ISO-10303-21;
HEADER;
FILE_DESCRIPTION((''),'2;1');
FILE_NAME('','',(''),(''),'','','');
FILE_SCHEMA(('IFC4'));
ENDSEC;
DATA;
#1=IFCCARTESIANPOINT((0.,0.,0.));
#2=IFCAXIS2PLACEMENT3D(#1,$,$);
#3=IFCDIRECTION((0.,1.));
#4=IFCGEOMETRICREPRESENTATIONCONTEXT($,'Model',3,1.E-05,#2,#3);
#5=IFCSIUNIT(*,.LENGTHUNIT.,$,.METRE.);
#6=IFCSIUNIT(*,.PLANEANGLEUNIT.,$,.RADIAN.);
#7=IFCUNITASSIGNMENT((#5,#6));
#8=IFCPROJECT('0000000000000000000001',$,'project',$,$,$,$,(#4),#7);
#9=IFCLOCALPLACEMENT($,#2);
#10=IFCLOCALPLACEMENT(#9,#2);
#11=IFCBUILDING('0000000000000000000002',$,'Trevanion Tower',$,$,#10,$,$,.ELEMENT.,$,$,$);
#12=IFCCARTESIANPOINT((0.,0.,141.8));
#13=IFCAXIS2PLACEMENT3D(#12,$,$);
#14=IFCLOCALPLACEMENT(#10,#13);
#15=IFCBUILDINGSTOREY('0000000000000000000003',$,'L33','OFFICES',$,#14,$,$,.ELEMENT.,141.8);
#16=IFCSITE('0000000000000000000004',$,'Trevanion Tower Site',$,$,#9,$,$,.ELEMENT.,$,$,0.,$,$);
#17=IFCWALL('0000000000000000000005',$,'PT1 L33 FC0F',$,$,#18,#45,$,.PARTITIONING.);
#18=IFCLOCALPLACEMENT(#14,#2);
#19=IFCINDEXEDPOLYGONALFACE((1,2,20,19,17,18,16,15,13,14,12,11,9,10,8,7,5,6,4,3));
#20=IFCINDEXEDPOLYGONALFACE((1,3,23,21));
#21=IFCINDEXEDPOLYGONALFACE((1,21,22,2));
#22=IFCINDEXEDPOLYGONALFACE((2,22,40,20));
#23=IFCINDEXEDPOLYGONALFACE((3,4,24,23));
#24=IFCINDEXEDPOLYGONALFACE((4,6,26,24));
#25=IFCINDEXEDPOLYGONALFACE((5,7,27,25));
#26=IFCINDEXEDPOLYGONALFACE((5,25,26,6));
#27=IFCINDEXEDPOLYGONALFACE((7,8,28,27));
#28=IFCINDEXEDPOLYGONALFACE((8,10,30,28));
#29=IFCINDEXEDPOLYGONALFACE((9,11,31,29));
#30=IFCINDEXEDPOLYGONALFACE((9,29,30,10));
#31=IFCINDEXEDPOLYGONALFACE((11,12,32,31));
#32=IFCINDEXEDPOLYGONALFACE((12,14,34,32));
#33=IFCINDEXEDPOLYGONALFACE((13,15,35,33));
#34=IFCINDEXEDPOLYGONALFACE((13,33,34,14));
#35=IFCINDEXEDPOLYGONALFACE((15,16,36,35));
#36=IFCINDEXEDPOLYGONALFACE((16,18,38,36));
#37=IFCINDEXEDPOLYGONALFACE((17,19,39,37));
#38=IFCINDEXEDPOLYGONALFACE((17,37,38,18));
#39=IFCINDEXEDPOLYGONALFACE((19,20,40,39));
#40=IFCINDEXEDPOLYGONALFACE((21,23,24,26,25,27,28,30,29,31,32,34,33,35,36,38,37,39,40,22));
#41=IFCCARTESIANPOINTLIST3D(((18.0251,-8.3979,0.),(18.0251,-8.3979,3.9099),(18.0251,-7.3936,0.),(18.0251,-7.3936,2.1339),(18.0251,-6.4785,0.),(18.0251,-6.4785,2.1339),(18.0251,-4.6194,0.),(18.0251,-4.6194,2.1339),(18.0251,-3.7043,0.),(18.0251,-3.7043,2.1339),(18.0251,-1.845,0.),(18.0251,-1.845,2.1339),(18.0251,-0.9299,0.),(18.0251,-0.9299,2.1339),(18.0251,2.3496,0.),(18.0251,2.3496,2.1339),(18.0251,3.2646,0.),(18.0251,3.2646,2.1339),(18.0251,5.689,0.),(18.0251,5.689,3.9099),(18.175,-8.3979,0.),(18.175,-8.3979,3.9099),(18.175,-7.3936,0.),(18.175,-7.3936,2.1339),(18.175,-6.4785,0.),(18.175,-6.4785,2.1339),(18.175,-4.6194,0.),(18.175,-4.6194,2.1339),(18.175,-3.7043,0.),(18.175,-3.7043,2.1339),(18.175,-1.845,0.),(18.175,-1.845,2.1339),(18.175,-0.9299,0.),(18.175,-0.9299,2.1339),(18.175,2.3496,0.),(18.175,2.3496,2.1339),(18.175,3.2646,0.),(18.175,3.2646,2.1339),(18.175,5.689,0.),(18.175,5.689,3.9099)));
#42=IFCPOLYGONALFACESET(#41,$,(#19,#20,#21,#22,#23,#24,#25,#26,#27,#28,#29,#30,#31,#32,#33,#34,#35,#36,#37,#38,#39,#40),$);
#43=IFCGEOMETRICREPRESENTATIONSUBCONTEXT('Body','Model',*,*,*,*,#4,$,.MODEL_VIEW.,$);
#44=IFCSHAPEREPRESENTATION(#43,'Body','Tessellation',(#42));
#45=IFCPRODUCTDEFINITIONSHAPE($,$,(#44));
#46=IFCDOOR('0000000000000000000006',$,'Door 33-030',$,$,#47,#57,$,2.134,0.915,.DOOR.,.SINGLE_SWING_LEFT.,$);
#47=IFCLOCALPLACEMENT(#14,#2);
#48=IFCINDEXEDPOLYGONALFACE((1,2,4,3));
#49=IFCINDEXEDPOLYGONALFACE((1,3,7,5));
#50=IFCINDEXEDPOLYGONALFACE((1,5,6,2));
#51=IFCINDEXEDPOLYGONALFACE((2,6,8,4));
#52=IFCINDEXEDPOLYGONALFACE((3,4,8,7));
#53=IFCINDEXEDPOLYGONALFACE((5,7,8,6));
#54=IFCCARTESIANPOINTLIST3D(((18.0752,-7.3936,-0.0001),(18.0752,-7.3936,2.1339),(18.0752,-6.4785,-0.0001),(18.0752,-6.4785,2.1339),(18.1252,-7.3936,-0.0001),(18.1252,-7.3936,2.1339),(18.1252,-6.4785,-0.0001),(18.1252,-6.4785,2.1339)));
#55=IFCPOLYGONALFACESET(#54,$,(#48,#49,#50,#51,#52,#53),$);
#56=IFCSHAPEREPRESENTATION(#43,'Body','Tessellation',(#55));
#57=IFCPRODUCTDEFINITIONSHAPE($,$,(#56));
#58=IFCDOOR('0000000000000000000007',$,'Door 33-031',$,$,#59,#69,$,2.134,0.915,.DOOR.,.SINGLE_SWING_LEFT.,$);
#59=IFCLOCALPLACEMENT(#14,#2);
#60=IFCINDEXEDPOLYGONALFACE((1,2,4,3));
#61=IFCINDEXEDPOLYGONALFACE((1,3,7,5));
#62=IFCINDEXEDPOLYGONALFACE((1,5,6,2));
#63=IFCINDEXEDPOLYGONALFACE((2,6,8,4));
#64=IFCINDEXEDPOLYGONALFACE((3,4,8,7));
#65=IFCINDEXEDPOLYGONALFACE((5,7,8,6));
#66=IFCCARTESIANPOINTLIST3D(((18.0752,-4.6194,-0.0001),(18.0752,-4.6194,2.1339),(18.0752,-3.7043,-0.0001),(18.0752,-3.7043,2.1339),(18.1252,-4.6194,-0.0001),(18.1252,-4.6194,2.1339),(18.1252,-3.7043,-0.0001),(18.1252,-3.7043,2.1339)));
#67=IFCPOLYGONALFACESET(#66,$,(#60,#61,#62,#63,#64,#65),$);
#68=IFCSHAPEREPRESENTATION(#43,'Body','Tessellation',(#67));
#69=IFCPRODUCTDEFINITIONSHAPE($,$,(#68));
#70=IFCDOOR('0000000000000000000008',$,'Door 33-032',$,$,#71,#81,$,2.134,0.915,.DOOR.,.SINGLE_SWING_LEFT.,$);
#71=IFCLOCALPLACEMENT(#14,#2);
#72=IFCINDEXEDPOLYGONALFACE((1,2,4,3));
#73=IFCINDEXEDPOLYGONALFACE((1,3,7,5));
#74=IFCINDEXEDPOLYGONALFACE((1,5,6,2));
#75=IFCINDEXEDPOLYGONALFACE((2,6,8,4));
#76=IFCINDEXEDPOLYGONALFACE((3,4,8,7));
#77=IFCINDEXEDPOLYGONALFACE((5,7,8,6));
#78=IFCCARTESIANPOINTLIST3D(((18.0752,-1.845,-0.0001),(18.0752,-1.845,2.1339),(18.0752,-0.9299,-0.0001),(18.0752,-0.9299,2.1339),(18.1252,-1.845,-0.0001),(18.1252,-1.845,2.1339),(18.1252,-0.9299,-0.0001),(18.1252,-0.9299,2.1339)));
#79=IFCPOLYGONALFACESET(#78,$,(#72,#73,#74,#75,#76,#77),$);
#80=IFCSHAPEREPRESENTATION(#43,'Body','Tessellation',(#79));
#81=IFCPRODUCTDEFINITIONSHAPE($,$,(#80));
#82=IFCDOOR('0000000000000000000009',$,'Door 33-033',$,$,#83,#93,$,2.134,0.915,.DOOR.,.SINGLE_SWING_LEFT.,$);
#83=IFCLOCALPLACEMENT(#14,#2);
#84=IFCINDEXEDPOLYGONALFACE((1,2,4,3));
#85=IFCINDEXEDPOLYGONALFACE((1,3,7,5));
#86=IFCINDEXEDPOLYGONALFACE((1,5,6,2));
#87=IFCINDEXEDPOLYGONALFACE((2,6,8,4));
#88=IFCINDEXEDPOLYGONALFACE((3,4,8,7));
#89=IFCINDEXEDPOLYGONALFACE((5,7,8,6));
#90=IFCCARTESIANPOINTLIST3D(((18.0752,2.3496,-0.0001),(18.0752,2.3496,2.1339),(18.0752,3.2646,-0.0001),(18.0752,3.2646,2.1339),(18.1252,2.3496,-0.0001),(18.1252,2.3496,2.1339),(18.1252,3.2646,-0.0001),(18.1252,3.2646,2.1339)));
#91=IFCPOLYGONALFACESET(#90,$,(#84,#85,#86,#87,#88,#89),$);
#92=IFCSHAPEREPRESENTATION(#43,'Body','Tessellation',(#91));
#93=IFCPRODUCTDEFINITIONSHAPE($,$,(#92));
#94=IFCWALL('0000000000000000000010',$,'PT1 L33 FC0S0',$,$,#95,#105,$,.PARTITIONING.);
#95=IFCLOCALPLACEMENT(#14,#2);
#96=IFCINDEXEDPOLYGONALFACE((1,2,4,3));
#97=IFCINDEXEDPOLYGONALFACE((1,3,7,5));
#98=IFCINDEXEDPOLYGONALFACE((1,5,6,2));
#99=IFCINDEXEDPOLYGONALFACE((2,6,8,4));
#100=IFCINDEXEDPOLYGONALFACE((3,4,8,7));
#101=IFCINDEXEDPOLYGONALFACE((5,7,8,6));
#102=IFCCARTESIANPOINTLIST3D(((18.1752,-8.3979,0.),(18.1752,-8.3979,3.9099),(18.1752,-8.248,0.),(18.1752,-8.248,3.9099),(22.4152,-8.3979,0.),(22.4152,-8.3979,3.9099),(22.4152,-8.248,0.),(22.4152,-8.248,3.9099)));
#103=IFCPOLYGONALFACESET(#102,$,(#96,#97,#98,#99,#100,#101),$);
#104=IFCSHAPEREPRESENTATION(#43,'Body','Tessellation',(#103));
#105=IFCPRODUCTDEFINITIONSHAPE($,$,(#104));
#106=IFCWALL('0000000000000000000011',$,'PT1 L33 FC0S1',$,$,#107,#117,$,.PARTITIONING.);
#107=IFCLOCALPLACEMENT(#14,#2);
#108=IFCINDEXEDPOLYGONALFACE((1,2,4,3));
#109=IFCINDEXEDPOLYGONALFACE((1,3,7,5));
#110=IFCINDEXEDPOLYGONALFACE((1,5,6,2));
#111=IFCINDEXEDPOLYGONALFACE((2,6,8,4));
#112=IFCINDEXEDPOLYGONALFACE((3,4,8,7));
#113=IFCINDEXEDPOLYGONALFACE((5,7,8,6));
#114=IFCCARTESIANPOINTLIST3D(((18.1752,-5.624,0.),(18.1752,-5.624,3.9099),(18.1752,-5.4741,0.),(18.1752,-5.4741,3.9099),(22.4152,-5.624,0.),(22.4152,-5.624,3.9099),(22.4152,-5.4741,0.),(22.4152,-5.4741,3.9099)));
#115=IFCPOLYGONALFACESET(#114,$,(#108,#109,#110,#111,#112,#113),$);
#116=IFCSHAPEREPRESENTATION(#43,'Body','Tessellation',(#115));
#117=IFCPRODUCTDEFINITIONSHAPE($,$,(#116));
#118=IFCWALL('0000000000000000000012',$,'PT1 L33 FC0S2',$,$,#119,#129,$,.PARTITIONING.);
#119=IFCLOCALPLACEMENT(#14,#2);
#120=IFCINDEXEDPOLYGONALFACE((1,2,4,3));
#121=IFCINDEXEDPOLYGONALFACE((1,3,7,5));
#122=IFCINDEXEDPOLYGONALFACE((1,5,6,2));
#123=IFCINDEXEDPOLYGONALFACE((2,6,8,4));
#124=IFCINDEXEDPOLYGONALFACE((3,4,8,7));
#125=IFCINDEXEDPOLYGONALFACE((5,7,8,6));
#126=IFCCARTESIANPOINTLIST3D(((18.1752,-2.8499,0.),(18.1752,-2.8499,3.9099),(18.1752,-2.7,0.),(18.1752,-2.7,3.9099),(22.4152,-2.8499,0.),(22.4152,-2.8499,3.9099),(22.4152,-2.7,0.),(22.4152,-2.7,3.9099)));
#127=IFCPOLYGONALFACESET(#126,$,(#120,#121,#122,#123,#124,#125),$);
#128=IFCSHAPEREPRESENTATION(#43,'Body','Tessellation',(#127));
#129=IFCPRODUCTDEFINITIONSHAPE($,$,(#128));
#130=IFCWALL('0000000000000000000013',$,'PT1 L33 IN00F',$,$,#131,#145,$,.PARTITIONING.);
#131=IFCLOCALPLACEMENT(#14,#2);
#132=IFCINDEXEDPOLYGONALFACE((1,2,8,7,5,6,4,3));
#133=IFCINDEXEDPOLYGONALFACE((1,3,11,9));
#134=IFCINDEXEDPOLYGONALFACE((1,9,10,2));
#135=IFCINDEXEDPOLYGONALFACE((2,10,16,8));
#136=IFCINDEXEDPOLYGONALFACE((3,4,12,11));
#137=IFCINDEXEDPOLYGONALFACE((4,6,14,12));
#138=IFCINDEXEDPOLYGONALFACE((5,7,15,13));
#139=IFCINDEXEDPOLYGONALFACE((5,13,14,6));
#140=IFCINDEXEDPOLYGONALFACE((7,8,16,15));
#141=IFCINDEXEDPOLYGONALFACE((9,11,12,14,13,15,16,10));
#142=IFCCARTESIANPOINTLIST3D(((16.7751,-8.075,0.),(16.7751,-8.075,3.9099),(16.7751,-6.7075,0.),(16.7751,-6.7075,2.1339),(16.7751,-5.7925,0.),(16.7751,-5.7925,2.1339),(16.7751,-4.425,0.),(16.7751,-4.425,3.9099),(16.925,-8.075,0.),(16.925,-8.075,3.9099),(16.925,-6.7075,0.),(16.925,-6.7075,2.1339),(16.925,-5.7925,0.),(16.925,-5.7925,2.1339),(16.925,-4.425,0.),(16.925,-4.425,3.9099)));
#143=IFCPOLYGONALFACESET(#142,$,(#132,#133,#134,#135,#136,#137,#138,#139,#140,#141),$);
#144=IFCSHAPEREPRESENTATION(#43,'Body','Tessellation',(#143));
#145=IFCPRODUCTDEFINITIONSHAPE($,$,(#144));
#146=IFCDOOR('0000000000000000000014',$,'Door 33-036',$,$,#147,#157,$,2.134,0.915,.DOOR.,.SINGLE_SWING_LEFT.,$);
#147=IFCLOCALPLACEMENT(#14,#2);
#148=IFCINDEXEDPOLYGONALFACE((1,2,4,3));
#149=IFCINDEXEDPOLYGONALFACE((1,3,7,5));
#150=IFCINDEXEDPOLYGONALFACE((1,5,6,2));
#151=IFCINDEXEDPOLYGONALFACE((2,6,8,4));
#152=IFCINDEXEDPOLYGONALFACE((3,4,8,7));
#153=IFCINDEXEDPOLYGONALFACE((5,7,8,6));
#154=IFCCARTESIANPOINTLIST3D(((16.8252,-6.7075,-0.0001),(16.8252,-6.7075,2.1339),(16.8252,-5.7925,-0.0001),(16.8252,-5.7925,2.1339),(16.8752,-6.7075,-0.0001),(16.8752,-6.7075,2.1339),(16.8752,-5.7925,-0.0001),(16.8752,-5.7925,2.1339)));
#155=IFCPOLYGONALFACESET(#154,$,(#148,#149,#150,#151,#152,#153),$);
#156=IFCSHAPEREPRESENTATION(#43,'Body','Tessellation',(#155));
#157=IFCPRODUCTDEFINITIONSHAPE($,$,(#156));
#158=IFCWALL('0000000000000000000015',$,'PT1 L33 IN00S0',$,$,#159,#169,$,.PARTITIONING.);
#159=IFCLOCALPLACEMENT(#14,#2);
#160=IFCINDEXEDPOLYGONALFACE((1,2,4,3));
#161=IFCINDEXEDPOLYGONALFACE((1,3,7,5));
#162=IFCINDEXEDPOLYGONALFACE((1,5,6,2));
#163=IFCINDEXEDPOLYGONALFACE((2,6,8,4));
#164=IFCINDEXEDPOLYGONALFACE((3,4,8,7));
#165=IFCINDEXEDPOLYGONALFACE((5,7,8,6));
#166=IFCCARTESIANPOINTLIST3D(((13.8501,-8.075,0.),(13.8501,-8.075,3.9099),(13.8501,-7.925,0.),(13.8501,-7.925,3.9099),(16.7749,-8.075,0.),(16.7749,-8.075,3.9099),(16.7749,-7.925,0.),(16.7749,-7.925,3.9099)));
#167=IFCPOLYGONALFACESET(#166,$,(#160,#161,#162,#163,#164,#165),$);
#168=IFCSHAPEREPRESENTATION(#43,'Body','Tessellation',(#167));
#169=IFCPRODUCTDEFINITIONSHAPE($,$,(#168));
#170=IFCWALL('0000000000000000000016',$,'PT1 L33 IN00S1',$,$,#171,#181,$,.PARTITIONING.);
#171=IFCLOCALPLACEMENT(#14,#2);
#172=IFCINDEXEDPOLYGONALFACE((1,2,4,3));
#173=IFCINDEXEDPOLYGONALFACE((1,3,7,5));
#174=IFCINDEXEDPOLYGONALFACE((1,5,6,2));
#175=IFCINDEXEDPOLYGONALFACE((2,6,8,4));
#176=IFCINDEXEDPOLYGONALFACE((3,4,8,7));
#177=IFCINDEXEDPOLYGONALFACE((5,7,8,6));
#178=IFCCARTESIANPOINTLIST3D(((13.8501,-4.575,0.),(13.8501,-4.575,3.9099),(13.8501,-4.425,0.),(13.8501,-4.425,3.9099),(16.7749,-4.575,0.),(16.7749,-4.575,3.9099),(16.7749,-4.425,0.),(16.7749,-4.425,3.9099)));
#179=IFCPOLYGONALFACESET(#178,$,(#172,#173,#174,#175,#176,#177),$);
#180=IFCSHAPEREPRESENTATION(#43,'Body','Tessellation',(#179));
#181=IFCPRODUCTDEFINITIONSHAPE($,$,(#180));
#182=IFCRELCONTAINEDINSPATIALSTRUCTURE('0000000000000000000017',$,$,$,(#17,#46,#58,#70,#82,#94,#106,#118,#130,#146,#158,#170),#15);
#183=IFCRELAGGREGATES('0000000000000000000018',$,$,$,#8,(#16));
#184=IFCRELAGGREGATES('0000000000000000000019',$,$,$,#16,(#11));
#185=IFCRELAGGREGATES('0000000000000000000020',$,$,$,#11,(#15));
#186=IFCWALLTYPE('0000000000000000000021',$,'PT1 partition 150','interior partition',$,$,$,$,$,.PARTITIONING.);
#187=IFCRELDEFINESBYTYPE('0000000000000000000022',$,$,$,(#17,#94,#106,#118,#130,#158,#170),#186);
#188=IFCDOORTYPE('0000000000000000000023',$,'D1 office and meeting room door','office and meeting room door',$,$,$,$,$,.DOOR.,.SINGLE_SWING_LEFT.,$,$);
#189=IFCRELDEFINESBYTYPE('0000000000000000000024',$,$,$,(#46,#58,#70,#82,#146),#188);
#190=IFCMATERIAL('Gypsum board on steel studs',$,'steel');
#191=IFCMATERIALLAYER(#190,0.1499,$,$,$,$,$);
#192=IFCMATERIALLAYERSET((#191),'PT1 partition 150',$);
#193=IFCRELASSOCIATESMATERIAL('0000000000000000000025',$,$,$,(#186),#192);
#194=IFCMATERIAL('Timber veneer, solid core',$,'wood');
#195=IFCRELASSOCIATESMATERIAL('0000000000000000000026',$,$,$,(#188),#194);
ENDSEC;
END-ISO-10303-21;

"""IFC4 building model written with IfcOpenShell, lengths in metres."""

from ifc_helpers import new_model, si_unit, direction, frame, frame_2d, origin, place, context, subcontext, project, spatial, rectangle, extrude, material, layer, layer_set, type_object, element, fill, save


model = new_model("IFC4")

# Units and contexts
model_context = context("Model", 3, precision=1e-05, world=origin(), true_north=direction((0.0, 1.0)))
body_context = subcontext(model_context, "Body", "Model", "MODEL_VIEW")
ifc_project = project(units=[si_unit("LENGTHUNIT", "METRE"), si_unit("PLANEANGLEUNIT", "RADIAN")], contexts=[model_context])

# Site, building, storey
site_placement = place(None, origin())
site = spatial("IfcSite", under=ifc_project, at=site_placement, Name="Trevanion Tower Site", CompositionType="ELEMENT", RefElevation=0.0)
building_placement = place(site_placement, origin())
building = spatial("IfcBuilding", under=site, at=building_placement, Name="Trevanion Tower", CompositionType="ELEMENT")
storey_placement = place(building_placement, frame((0.0, 0.0, 141.8)))
storey = spatial("IfcBuildingStorey", under=building, at=storey_placement, Name="L33", Description="OFFICES", CompositionType="ELEMENT", Elevation=141.8)

# Wall, openings, doors
ifc_material_1 = material(Name="Gypsum board on steel studs", Category="steel")
ifc_layer_1 = layer(ifc_material_1, 0.1499)
ifc_layer_set_1 = layer_set([ifc_layer_1], Name="PT1 partition 150")
wall_type = type_object("IfcWallType", Name="PT1 partition 150", Description="interior partition", PredefinedType="PARTITIONING", material=ifc_layer_set_1)
wall_1_placement = place(storey_placement, frame((18.1001, -8.3979, 0.0), z_axis=(0.0, 0.0, 1.0), x_axis=(0.0, 1.0, 0.0)))
wall_1 = element("IfcWall", 1, at=wall_1_placement, inside=storey, type_object=wall_type, Name="PT1 L33 FC0F", PredefinedType="PARTITIONING", context=body_context, shape_type="SweptSolid", body=[
    extrude(rectangle(XDim=14.0869, YDim=0.1499, at=frame_2d((7.0435, 0.0))), origin(), (0.0, 0.0, 1.0), 3.9099),
])
opening_1_placement = place(wall_1_placement, frame((1.0044, 0.0, 0.0)))
opening_1 = element("IfcOpeningElement", 2, at=opening_1_placement, cuts=wall_1, PredefinedType="OPENING", context=body_context, shape_type="SweptSolid", body=[
    extrude(rectangle(XDim=0.915, YDim=2.134, at=frame_2d((0.4575, 1.0669))), frame((0.0, 0.085, 0.0), z_axis=(0.0, -1.0, 0.0), x_axis=(1.0, 0.0, 0.0)), (0.0, 0.0, 1.0), 0.1699),
])
opening_2_placement = place(wall_1_placement, frame((3.7786, 0.0, 0.0)))
opening_2 = element("IfcOpeningElement", 3, at=opening_2_placement, cuts=wall_1, PredefinedType="OPENING", context=body_context, shape_type="SweptSolid", body=[
    extrude(rectangle(XDim=0.915, YDim=2.134, at=frame_2d((0.4575, 1.0669))), frame((0.0, 0.085, 0.0), z_axis=(0.0, -1.0, 0.0), x_axis=(1.0, 0.0, 0.0)), (0.0, 0.0, 1.0), 0.1699),
])
opening_3_placement = place(wall_1_placement, frame((6.553, 0.0, 0.0)))
opening_3 = element("IfcOpeningElement", 4, at=opening_3_placement, cuts=wall_1, PredefinedType="OPENING", context=body_context, shape_type="SweptSolid", body=[
    extrude(rectangle(XDim=0.915, YDim=2.134, at=frame_2d((0.4575, 1.0669))), frame((0.0, 0.085, 0.0), z_axis=(0.0, -1.0, 0.0), x_axis=(1.0, 0.0, 0.0)), (0.0, 0.0, 1.0), 0.1699),
])
opening_4_placement = place(wall_1_placement, frame((10.7476, 0.0, 0.0)))
opening_4 = element("IfcOpeningElement", 5, at=opening_4_placement, cuts=wall_1, PredefinedType="OPENING", context=body_context, shape_type="SweptSolid", body=[
    extrude(rectangle(XDim=0.915, YDim=2.134, at=frame_2d((0.4575, 1.0669))), frame((0.0, 0.085, 0.0), z_axis=(0.0, -1.0, 0.0), x_axis=(1.0, 0.0, 0.0)), (0.0, 0.0, 1.0), 0.1699),
])
ifc_material_2 = material(Name="Timber veneer, solid core", Category="wood")
door_type = type_object("IfcDoorType", Name="D1 office and meeting room door", Description="office and meeting room door", OperationType="SINGLE_SWING_LEFT", PredefinedType="DOOR", material=ifc_material_2)
door_1_placement = place(opening_1_placement, origin())
door_1 = element("IfcDoor", 6, at=door_1_placement, inside=storey, type_object=door_type, Name="Door 33-030", OperationType="SINGLE_SWING_LEFT", OverallHeight=2.134, OverallWidth=0.915, PredefinedType="DOOR", context=body_context, shape_type="SweptSolid", body=[
    extrude(rectangle(XDim=0.915, YDim=2.134, at=frame_2d((0.4575, 1.0669))), frame((0.0, 0.0249, 0.0), z_axis=(0.0, -1.0, 0.0), x_axis=(1.0, 0.0, 0.0)), (0.0, 0.0, 1.0), 0.05),
])
fill(opening_1, door_1)
door_2_placement = place(opening_2_placement, origin())
door_2 = element("IfcDoor", 7, at=door_2_placement, inside=storey, type_object=door_type, Name="Door 33-031", OperationType="SINGLE_SWING_LEFT", OverallHeight=2.134, OverallWidth=0.915, PredefinedType="DOOR", context=body_context, shape_type="SweptSolid", body=[
    extrude(rectangle(XDim=0.915, YDim=2.134, at=frame_2d((0.4575, 1.0669))), frame((0.0, 0.0249, 0.0), z_axis=(0.0, -1.0, 0.0), x_axis=(1.0, 0.0, 0.0)), (0.0, 0.0, 1.0), 0.05),
])
fill(opening_2, door_2)
door_3_placement = place(opening_3_placement, origin())
door_3 = element("IfcDoor", 8, at=door_3_placement, inside=storey, type_object=door_type, Name="Door 33-032", OperationType="SINGLE_SWING_LEFT", OverallHeight=2.134, OverallWidth=0.915, PredefinedType="DOOR", context=body_context, shape_type="SweptSolid", body=[
    extrude(rectangle(XDim=0.915, YDim=2.134, at=frame_2d((0.4575, 1.0669))), frame((0.0, 0.0249, 0.0), z_axis=(0.0, -1.0, 0.0), x_axis=(1.0, 0.0, 0.0)), (0.0, 0.0, 1.0), 0.05),
])
fill(opening_3, door_3)
door_4_placement = place(opening_4_placement, origin())
door_4 = element("IfcDoor", 9, at=door_4_placement, inside=storey, type_object=door_type, Name="Door 33-033", OperationType="SINGLE_SWING_LEFT", OverallHeight=2.134, OverallWidth=0.915, PredefinedType="DOOR", context=body_context, shape_type="SweptSolid", body=[
    extrude(rectangle(XDim=0.915, YDim=2.134, at=frame_2d((0.4575, 1.0669))), frame((0.0, 0.0249, 0.0), z_axis=(0.0, -1.0, 0.0), x_axis=(1.0, 0.0, 0.0)), (0.0, 0.0, 1.0), 0.05),
])
fill(opening_4, door_4)

# Walls
for number, where, z_axis, x_axis, name in (
    (10, (18.175, -8.323, 0.0), (0.0, 0.0, 1.0), (1.0, 0.0, 0.0), "PT1 L33 FC0S0"),
    (11, (18.175, -5.5491, 0.0), (0.0, 0.0, 1.0), (1.0, 0.0, 0.0), "PT1 L33 FC0S1"),
    (12, (18.175, -2.7749, 0.0), (0.0, 0.0, 1.0), (1.0, 0.0, 0.0), "PT1 L33 FC0S2"),
):
    element("IfcWall", number, at=place(storey_placement, frame(where, z_axis=z_axis, x_axis=x_axis)), inside=storey, type_object=wall_type, Name=name, PredefinedType="PARTITIONING", context=body_context, shape_type="SweptSolid", body=[
        extrude(rectangle(XDim=4.24, YDim=0.1499, at=frame_2d((2.1201, 0.0))), origin(), (0.0, 0.0, 1.0), 3.9099),
    ])

# Wall, opening, door
wall_2_placement = place(storey_placement, frame((16.8501, -8.075, 0.0), z_axis=(0.0, 0.0, 1.0), x_axis=(0.0, 1.0, 0.0)))
wall_2 = element("IfcWall", 13, at=wall_2_placement, inside=storey, type_object=wall_type, Name="PT1 L33 IN00F", PredefinedType="PARTITIONING", context=body_context, shape_type="SweptSolid", body=[
    extrude(rectangle(XDim=3.6499, YDim=0.1499, at=frame_2d((1.825, 0.0))), origin(), (0.0, 0.0, 1.0), 3.9099),
])
opening_5_placement = place(wall_2_placement, frame((1.3674, 0.0, 0.0)))
opening_5 = element("IfcOpeningElement", 14, at=opening_5_placement, cuts=wall_2, PredefinedType="OPENING", context=body_context, shape_type="SweptSolid", body=[
    extrude(rectangle(XDim=0.915, YDim=2.134, at=frame_2d((0.4575, 1.0669))), frame((0.0, 0.085, 0.0), z_axis=(0.0, -1.0, 0.0), x_axis=(1.0, 0.0, 0.0)), (0.0, 0.0, 1.0), 0.1699),
])
door_5_placement = place(opening_5_placement, origin())
door_5 = element("IfcDoor", 15, at=door_5_placement, inside=storey, type_object=door_type, Name="Door 33-036", OperationType="SINGLE_SWING_LEFT", OverallHeight=2.134, OverallWidth=0.915, PredefinedType="DOOR", context=body_context, shape_type="SweptSolid", body=[
    extrude(rectangle(XDim=0.915, YDim=2.134, at=frame_2d((0.4575, 1.0669))), frame((0.0, 0.0249, 0.0), z_axis=(0.0, -1.0, 0.0), x_axis=(1.0, 0.0, 0.0)), (0.0, 0.0, 1.0), 0.05),
])
fill(opening_5, door_5)

# Walls
for number, where, z_axis, x_axis, name in (
    (16, (16.7749, -8.0, 0.0), (0.0, 0.0, 1.0), (-1.0, 0.0, 0.0), "PT1 L33 IN00S0"),
    (17, (16.7749, -4.5, 0.0), (0.0, 0.0, 1.0), (-1.0, 0.0, 0.0), "PT1 L33 IN00S1"),
):
    element("IfcWall", number, at=place(storey_placement, frame(where, z_axis=z_axis, x_axis=x_axis)), inside=storey, type_object=wall_type, Name=name, PredefinedType="PARTITIONING", context=body_context, shape_type="SweptSolid", body=[
        extrude(rectangle(XDim=2.9248, YDim=0.1499, at=frame_2d((1.4624, 0.0))), origin(), (0.0, 0.0, 1.0), 3.9099),
    ])

save(model, "model.ifc")
